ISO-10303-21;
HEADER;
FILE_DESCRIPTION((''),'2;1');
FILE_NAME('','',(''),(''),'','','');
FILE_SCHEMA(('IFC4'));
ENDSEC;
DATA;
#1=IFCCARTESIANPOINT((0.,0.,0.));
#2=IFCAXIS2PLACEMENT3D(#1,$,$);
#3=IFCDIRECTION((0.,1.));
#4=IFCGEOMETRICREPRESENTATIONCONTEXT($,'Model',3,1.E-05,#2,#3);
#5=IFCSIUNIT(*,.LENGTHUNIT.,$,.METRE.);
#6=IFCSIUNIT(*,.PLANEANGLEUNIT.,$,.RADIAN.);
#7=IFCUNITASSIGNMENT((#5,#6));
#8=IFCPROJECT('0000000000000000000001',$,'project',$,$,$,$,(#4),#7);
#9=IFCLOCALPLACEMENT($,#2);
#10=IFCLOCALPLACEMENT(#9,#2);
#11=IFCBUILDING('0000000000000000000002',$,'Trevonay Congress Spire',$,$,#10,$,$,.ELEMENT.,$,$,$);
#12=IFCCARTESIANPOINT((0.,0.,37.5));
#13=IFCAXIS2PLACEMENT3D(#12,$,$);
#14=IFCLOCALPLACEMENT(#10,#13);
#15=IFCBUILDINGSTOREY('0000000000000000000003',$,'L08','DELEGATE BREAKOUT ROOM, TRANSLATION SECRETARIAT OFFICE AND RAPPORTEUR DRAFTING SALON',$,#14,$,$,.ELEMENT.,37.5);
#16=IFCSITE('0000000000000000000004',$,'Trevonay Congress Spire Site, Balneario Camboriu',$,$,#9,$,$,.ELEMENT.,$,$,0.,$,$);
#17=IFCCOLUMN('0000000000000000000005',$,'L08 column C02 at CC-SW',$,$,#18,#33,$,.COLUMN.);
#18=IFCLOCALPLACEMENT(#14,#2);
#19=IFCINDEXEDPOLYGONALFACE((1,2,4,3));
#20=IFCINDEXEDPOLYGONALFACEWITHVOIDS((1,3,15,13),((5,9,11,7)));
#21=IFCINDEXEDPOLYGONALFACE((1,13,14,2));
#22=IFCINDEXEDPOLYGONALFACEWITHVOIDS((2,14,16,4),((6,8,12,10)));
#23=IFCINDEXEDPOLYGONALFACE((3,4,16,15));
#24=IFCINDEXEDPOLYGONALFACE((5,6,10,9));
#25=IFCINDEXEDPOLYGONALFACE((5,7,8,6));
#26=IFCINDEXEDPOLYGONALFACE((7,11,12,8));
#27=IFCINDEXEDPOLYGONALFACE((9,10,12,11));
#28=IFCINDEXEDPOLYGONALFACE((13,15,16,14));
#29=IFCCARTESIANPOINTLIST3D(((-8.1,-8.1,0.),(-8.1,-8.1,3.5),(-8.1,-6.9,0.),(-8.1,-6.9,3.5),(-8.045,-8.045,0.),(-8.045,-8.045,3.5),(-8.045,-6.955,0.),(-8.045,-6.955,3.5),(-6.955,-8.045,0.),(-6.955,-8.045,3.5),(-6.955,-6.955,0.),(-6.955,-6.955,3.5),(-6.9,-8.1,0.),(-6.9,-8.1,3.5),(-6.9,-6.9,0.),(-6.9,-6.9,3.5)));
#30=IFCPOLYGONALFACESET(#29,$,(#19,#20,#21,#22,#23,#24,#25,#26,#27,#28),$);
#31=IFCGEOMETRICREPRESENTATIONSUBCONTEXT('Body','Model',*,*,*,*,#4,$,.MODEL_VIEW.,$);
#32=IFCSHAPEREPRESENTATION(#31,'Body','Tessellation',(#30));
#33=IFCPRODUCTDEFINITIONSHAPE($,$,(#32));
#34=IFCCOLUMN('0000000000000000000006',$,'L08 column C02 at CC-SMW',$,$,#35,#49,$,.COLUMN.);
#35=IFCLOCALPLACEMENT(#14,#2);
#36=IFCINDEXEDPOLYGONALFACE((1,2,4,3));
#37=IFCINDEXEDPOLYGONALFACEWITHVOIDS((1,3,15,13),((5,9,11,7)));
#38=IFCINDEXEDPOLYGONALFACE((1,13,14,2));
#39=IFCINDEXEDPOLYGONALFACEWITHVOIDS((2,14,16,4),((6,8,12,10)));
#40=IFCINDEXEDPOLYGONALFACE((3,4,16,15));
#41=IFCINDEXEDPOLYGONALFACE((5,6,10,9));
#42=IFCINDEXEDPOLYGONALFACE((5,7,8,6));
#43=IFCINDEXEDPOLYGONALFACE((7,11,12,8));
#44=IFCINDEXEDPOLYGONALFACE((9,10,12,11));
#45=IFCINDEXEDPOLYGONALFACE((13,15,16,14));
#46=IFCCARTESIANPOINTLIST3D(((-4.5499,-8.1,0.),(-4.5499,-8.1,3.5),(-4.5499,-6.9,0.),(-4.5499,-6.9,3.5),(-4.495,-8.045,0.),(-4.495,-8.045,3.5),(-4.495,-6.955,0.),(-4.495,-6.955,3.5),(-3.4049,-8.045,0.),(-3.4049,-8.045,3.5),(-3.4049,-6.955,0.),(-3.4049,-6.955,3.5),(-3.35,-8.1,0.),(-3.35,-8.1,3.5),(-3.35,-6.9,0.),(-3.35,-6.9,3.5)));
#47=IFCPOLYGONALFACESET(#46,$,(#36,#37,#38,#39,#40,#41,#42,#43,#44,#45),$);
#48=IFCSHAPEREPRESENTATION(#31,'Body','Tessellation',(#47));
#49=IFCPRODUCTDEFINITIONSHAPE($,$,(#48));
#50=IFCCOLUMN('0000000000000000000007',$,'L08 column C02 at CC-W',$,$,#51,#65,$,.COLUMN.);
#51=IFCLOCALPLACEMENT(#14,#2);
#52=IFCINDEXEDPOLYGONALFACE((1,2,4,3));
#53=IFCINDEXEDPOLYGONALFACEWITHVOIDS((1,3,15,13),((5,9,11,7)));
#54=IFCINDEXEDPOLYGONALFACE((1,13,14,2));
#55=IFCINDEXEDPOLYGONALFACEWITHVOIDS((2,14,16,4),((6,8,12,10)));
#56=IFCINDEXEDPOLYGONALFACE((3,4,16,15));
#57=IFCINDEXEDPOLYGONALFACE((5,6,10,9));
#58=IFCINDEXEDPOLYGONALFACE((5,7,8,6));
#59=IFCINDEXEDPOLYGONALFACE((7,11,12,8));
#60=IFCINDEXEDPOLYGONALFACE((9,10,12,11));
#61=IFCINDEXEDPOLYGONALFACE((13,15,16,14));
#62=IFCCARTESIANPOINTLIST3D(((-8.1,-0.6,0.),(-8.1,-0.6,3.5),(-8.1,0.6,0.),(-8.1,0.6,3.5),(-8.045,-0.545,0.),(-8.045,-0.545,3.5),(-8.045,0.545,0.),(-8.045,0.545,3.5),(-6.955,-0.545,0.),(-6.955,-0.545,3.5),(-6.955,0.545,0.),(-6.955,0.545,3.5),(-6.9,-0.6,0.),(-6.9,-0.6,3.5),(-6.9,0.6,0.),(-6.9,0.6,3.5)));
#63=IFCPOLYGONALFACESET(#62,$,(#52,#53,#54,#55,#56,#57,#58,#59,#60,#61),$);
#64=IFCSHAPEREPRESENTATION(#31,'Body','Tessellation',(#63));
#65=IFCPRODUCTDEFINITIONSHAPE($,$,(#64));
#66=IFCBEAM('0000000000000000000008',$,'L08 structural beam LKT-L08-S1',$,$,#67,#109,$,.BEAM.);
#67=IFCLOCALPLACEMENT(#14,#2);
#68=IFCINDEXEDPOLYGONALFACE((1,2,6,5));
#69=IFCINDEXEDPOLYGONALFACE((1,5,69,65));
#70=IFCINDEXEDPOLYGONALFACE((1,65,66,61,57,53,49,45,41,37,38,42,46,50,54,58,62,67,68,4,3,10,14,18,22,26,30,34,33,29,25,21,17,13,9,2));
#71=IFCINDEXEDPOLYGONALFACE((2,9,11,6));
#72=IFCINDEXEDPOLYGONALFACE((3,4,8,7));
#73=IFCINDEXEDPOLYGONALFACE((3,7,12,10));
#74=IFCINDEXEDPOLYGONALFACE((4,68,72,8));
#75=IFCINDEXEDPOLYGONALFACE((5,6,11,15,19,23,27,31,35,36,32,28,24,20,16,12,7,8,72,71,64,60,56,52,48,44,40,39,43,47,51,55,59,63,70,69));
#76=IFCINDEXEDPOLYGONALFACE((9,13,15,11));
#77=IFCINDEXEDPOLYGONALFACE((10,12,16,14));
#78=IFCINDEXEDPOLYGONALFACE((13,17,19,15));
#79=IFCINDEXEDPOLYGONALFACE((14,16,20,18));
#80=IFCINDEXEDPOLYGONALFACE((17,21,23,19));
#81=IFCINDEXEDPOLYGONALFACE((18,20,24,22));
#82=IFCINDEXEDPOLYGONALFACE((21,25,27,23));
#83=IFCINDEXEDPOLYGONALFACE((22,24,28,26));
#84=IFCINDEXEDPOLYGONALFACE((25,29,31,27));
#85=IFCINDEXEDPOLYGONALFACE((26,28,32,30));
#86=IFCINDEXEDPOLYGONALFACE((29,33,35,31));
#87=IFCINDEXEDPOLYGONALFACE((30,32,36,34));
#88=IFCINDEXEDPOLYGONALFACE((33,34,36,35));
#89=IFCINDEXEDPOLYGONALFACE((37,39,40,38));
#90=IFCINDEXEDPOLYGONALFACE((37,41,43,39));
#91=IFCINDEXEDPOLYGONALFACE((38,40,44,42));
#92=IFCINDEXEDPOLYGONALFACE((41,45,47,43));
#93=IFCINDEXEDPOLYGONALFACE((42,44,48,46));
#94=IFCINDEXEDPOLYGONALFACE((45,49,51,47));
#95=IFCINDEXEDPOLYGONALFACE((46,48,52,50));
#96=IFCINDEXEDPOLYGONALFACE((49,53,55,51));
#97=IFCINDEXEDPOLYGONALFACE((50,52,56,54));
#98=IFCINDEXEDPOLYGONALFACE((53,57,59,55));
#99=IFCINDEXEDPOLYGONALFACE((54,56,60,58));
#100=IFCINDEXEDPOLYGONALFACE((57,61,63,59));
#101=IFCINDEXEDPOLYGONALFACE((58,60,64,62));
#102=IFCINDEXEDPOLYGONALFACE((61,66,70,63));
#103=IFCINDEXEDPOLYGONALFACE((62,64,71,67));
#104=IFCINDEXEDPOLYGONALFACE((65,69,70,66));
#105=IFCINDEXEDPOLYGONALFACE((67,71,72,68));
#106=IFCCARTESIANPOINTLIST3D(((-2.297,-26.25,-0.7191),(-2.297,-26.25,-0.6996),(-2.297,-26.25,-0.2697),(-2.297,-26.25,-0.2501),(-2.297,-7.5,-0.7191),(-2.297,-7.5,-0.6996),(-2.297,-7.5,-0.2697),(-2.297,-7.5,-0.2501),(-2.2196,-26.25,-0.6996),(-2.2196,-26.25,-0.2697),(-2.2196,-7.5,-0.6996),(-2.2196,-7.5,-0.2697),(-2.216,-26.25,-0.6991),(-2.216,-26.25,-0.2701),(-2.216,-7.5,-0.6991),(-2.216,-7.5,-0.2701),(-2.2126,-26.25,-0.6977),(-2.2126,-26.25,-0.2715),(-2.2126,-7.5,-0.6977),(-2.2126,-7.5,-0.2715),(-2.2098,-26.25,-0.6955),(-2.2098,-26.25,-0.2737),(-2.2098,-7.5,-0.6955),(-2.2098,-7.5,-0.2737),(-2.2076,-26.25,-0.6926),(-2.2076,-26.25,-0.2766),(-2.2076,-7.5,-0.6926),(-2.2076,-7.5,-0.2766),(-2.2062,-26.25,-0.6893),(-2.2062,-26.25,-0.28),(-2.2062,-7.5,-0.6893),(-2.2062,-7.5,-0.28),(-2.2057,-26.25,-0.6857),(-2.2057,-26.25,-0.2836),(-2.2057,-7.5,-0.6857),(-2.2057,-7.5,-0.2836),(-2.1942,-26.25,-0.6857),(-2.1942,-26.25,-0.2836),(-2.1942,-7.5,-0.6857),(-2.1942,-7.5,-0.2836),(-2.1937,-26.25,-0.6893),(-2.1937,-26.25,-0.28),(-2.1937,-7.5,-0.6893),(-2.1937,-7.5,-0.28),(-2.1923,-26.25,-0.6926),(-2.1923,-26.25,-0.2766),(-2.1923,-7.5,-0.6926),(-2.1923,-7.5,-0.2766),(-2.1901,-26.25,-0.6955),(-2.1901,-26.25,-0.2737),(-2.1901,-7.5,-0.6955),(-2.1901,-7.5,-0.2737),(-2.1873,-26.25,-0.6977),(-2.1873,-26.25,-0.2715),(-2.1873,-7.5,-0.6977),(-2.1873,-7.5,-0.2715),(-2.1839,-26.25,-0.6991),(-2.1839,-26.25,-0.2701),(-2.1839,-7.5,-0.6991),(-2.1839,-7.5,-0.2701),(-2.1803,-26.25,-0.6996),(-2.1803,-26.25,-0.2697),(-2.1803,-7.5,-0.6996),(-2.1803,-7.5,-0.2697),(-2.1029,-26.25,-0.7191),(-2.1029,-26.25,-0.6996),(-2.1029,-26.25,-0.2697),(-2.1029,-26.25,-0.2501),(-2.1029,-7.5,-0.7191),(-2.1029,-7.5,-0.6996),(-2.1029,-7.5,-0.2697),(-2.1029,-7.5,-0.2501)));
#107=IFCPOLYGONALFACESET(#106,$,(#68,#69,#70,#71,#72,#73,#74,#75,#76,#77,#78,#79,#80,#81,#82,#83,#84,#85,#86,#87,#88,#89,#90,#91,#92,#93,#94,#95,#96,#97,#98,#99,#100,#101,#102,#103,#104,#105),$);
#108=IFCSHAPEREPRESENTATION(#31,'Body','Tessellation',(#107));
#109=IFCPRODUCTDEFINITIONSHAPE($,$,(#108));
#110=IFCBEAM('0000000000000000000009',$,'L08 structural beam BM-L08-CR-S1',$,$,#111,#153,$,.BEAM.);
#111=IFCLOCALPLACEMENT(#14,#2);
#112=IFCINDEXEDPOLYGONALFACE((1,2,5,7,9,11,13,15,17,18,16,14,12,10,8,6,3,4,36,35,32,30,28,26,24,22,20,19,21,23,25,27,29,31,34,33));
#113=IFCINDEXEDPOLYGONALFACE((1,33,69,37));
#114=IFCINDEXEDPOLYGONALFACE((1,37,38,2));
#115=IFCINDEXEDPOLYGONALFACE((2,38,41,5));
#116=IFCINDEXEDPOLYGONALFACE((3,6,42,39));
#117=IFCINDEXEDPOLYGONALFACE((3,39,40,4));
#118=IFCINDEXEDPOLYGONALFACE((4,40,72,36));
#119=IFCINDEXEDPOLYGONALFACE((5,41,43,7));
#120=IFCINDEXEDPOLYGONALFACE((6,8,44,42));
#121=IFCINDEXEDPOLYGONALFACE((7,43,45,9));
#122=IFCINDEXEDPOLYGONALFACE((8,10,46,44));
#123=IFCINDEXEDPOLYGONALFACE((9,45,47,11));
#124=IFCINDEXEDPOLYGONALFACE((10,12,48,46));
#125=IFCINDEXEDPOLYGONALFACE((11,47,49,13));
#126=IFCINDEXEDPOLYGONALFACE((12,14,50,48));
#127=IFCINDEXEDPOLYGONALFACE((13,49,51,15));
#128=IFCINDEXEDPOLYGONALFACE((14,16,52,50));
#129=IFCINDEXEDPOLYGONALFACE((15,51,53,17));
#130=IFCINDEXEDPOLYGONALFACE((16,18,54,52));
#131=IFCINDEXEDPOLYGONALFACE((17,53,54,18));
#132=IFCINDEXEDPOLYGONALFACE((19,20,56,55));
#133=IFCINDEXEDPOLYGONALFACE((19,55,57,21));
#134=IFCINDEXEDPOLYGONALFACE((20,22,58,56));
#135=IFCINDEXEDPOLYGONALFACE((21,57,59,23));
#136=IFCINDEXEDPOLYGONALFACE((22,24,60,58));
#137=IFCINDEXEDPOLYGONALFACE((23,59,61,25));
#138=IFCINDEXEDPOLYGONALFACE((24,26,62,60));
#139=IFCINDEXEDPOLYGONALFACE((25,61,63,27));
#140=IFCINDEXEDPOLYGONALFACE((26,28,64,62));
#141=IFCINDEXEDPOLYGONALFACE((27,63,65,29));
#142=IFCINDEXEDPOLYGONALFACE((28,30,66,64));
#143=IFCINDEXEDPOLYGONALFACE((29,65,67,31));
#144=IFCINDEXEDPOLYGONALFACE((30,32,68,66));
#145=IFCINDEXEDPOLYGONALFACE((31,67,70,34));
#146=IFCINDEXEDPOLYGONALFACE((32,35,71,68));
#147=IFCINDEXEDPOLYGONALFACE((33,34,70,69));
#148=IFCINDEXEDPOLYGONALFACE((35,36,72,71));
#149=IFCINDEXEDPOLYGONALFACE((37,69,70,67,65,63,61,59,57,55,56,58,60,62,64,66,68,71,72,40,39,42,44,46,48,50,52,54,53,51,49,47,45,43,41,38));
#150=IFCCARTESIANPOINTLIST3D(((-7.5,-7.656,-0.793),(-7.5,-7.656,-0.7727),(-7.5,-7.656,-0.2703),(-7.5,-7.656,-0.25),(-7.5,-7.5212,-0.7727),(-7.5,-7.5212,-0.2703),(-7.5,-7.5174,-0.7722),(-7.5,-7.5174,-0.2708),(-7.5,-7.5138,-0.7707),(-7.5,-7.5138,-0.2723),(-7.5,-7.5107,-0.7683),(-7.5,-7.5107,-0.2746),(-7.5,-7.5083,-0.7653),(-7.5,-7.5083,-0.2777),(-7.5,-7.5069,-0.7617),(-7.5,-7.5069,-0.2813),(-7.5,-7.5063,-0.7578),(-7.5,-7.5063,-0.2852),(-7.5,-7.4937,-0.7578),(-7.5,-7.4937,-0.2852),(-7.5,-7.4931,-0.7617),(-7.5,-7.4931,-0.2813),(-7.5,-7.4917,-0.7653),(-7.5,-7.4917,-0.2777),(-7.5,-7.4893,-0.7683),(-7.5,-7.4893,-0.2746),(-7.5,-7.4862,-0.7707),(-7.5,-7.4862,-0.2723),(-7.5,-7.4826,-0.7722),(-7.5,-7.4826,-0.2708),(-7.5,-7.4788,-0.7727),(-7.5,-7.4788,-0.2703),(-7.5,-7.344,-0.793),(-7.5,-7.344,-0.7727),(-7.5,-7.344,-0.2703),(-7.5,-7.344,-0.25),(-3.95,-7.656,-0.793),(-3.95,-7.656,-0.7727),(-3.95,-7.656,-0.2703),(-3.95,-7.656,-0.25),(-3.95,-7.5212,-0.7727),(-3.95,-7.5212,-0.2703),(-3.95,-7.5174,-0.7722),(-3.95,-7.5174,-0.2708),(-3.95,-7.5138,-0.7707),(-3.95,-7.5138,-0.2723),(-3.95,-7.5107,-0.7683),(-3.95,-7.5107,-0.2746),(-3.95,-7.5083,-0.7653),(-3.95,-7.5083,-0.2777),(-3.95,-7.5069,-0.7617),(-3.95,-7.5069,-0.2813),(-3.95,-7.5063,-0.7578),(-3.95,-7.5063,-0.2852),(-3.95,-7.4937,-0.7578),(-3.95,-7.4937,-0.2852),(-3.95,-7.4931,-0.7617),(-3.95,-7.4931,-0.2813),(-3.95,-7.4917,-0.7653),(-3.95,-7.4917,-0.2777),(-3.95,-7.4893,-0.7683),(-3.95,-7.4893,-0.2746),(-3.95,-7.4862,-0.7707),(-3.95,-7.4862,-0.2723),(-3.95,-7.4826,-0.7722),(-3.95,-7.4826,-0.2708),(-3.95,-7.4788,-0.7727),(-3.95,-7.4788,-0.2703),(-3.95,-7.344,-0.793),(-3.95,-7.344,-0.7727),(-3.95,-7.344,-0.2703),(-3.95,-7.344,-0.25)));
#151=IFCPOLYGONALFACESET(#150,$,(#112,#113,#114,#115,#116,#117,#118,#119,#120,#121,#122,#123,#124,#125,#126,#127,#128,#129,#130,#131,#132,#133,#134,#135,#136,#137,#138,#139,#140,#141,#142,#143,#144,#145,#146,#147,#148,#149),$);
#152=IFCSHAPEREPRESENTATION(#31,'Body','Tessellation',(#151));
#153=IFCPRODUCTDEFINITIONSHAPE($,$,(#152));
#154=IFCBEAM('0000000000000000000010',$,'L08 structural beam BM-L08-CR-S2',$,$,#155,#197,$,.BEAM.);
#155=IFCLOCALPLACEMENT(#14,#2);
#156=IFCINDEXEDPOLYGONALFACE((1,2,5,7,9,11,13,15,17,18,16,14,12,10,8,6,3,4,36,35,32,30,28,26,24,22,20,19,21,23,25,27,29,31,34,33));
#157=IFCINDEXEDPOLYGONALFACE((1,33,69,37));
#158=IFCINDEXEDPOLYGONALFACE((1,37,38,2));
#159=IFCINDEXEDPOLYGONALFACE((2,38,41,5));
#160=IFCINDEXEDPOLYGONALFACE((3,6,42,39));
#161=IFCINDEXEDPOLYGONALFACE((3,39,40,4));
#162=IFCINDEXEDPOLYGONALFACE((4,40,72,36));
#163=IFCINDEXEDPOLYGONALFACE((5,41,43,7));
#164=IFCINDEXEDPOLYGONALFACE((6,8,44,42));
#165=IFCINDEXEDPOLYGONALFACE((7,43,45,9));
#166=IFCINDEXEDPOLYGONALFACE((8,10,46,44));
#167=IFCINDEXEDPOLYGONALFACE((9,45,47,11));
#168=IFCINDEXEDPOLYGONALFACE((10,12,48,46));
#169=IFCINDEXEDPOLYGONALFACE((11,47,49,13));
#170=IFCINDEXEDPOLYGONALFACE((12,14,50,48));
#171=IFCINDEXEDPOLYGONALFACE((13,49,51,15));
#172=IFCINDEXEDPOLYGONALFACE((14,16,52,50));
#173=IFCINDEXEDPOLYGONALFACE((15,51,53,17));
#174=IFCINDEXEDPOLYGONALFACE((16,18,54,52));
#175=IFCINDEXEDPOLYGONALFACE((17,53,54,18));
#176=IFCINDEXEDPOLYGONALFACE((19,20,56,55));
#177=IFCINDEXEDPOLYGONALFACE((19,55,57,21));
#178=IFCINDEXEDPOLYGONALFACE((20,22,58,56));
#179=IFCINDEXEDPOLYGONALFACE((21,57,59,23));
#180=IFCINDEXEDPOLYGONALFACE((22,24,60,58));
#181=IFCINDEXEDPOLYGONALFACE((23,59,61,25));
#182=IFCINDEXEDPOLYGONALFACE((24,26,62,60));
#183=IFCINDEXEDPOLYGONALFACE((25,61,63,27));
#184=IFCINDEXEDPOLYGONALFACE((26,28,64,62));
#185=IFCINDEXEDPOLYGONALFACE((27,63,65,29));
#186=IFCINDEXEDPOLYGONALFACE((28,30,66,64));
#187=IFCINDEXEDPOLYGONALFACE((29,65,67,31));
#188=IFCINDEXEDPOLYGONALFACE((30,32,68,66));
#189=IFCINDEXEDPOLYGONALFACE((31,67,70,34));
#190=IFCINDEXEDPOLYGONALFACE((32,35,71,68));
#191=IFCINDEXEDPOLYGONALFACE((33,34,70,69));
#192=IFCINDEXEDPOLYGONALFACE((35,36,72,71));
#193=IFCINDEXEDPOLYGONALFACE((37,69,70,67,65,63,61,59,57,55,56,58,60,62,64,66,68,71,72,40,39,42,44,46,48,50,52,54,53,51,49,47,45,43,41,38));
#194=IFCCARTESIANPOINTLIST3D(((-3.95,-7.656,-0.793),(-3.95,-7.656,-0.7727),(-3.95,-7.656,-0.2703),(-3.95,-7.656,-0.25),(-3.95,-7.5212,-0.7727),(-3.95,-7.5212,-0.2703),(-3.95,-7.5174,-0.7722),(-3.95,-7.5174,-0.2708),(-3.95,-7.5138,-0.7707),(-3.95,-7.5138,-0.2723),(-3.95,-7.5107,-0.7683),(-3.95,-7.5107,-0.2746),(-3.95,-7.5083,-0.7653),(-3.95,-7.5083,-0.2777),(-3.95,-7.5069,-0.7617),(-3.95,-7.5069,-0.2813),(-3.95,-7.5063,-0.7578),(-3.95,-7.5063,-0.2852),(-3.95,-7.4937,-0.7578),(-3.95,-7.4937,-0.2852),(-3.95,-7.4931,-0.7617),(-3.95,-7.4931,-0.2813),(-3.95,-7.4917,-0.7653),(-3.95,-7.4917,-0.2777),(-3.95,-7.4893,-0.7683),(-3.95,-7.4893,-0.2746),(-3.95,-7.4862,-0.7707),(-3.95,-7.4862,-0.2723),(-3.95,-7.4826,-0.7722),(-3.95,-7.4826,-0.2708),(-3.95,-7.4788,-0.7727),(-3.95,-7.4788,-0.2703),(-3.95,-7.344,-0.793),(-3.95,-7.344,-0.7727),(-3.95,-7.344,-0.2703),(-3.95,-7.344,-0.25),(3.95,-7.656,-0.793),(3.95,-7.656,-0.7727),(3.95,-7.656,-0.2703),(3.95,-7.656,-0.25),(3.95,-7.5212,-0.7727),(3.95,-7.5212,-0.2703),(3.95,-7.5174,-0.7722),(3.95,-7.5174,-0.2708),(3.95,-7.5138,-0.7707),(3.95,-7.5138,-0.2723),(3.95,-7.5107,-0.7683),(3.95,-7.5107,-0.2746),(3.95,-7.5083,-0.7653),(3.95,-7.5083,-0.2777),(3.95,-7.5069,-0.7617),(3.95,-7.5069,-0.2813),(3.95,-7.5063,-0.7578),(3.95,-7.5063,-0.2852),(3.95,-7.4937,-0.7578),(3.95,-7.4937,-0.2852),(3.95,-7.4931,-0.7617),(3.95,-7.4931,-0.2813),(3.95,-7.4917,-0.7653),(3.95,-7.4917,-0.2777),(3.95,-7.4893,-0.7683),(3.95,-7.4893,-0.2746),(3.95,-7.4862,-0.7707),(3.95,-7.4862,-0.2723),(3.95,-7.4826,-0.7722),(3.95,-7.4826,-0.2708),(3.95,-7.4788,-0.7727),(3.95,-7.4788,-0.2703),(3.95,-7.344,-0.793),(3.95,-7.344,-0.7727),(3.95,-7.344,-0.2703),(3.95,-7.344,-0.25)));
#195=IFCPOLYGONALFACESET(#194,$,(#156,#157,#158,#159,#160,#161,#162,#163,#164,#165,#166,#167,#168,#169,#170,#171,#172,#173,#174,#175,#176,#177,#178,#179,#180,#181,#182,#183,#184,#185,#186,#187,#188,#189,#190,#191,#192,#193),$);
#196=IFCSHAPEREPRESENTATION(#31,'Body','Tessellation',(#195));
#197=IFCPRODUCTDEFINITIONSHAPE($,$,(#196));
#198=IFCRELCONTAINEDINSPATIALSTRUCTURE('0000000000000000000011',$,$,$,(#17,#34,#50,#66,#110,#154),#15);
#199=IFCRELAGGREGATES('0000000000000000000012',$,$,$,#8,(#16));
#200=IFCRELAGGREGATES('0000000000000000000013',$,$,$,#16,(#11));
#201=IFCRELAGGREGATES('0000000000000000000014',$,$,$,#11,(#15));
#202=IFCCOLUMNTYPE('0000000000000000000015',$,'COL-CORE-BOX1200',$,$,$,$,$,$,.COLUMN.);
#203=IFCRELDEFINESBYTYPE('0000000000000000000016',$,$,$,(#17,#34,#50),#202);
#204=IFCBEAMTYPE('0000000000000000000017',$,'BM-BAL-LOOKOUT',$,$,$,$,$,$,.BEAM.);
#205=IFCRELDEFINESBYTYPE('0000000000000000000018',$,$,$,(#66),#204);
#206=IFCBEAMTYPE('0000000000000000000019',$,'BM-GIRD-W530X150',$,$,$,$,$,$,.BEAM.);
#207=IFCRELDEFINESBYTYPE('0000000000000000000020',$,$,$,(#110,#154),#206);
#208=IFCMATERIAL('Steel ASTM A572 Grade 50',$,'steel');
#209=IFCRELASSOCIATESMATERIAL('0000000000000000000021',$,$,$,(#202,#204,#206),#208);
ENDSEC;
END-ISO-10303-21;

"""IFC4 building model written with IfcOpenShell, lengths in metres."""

from ifc_helpers import new_model, si_unit, direction, frame, origin, origin_2d, place, context, subcontext, project, spatial, hollow_rectangle, i_section, extrude, material, material_profile, profile_set, type_object, element, save


model = new_model("IFC4")

# Units and contexts
model_context = context("Model", 3, precision=1e-05, world=origin(), true_north=direction((0.0, 1.0)))
body_context = subcontext(model_context, "Body", "Model", "MODEL_VIEW")
ifc_project = project(units=[si_unit("LENGTHUNIT", "METRE"), si_unit("PLANEANGLEUNIT", "RADIAN")], contexts=[model_context])

# Site, building, storey
site_placement = place(None, origin())
site = spatial("IfcSite", under=ifc_project, at=site_placement, Name="Trevonay Congress Spire Site, Balneario Camboriu", CompositionType="ELEMENT", RefElevation=0.0)
building_placement = place(site_placement, origin())
building = spatial("IfcBuilding", under=site, at=building_placement, Name="Trevonay Congress Spire", CompositionType="ELEMENT")
storey_placement = place(building_placement, frame((0.0, 0.0, 37.5)))
storey = spatial("IfcBuildingStorey", under=building, at=storey_placement, Name="L08", Description="DELEGATE BREAKOUT ROOM, TRANSLATION SECRETARIAT OFFICE AND RAPPORTEUR DRAFTING SALON", CompositionType="ELEMENT", Elevation=37.5)

# Columns
ifc_material_1 = material(Name="Steel ASTM A572 Grade 50", Category="steel")
ifc_material_profile_1 = material_profile(ifc_material_1, hollow_rectangle(XDim=1.2, YDim=1.2, WallThickness=0.0549, at=origin_2d()), Name="BOX 1200x1200x55")
ifc_profile_set_1 = profile_set([ifc_material_profile_1], Name="Steel ASTM A572 Grade 50")
column_type = type_object("IfcColumnType", Name="COL-CORE-BOX1200", PredefinedType="COLUMN", material=ifc_profile_set_1)
for number, where, z_axis, x_axis, name in (
    (1, (-7.5, -7.5, 0.0), (0.0, 0.0, 1.0), (1.0, 0.0, 0.0), "L08 column C02 at CC-SW"),
    (2, (-3.95, -7.5, 0.0), (0.0, 0.0, 1.0), (1.0, 0.0, 0.0), "L08 column C02 at CC-SMW"),
    (3, (-7.5, 0.0, 0.0), (0.0, 0.0, 1.0), (1.0, 0.0, 0.0), "L08 column C02 at CC-W"),
):
    element("IfcColumn", number, at=place(storey_placement, frame(where, z_axis=z_axis, x_axis=x_axis)), inside=storey, type_object=column_type, Name=name, PredefinedType="COLUMN", context=body_context, shape_type="SweptSolid", body=[
        extrude(hollow_rectangle(XDim=1.2, YDim=1.2, WallThickness=0.0549, at=origin_2d()), origin(), (0.0, 0.0, 1.0), 3.5),
    ])

# Beams
ifc_material_profile_2 = material_profile(ifc_material_1, i_section(OverallWidth=0.1941, OverallDepth=0.469, WebThickness=0.0115, FlangeThickness=0.0195, FilletRadius=0.0139, at=origin_2d()), Name="W460x106")
ifc_profile_set_2 = profile_set([ifc_material_profile_2], Name="Steel ASTM A572 Grade 50")
beam_type_1 = type_object("IfcBeamType", Name="BM-BAL-LOOKOUT", PredefinedType="BEAM", material=ifc_profile_set_2)
beam_1_placement = place(storey_placement, frame((-2.2, -7.5, -0.4846), z_axis=(0.0, -1.0, 0.0), x_axis=(1.0, 0.0, 0.0)))
element("IfcBeam", 4, at=beam_1_placement, inside=storey, type_object=beam_type_1, Name="L08 structural beam LKT-L08-S1", PredefinedType="BEAM", context=body_context, shape_type="SweptSolid", body=[
    extrude(i_section(OverallWidth=0.1941, OverallDepth=0.469, WebThickness=0.0115, FlangeThickness=0.0195, FilletRadius=0.0139, at=origin_2d()), origin(), (0.0, 0.0, 1.0), 18.75),
])
ifc_material_profile_3 = material_profile(ifc_material_1, i_section(OverallWidth=0.312, OverallDepth=0.543, WebThickness=0.0127, FlangeThickness=0.0203, FilletRadius=0.0149, at=origin_2d()), Name="W530x150")
ifc_profile_set_3 = profile_set([ifc_material_profile_3], Name="Steel ASTM A572 Grade 50")
beam_type_2 = type_object("IfcBeamType", Name="BM-GIRD-W530X150", PredefinedType="BEAM", material=ifc_profile_set_3)
beam_2_placement = place(storey_placement, frame((-7.5, -7.5, -0.5215), z_axis=(1.0, 0.0, 0.0), x_axis=(0.0, 1.0, 0.0)))
element("IfcBeam", 5, at=beam_2_placement, inside=storey, type_object=beam_type_2, Name="L08 structural beam BM-L08-CR-S1", PredefinedType="BEAM", context=body_context, shape_type="SweptSolid", body=[
    extrude(i_section(OverallWidth=0.312, OverallDepth=0.543, WebThickness=0.0127, FlangeThickness=0.0203, FilletRadius=0.0149, at=origin_2d()), origin(), (0.0, 0.0, 1.0), 3.55),
])
beam_3_placement = place(storey_placement, frame((-3.95, -7.5, -0.5215), z_axis=(1.0, 0.0, 0.0), x_axis=(0.0, 1.0, 0.0)))
element("IfcBeam", 6, at=beam_3_placement, inside=storey, type_object=beam_type_2, Name="L08 structural beam BM-L08-CR-S2", PredefinedType="BEAM", context=body_context, shape_type="SweptSolid", body=[
    extrude(i_section(OverallWidth=0.312, OverallDepth=0.543, WebThickness=0.0127, FlangeThickness=0.0203, FilletRadius=0.0149, at=origin_2d()), origin(), (0.0, 0.0, 1.0), 7.8999),
])

save(model, "model.ifc")
